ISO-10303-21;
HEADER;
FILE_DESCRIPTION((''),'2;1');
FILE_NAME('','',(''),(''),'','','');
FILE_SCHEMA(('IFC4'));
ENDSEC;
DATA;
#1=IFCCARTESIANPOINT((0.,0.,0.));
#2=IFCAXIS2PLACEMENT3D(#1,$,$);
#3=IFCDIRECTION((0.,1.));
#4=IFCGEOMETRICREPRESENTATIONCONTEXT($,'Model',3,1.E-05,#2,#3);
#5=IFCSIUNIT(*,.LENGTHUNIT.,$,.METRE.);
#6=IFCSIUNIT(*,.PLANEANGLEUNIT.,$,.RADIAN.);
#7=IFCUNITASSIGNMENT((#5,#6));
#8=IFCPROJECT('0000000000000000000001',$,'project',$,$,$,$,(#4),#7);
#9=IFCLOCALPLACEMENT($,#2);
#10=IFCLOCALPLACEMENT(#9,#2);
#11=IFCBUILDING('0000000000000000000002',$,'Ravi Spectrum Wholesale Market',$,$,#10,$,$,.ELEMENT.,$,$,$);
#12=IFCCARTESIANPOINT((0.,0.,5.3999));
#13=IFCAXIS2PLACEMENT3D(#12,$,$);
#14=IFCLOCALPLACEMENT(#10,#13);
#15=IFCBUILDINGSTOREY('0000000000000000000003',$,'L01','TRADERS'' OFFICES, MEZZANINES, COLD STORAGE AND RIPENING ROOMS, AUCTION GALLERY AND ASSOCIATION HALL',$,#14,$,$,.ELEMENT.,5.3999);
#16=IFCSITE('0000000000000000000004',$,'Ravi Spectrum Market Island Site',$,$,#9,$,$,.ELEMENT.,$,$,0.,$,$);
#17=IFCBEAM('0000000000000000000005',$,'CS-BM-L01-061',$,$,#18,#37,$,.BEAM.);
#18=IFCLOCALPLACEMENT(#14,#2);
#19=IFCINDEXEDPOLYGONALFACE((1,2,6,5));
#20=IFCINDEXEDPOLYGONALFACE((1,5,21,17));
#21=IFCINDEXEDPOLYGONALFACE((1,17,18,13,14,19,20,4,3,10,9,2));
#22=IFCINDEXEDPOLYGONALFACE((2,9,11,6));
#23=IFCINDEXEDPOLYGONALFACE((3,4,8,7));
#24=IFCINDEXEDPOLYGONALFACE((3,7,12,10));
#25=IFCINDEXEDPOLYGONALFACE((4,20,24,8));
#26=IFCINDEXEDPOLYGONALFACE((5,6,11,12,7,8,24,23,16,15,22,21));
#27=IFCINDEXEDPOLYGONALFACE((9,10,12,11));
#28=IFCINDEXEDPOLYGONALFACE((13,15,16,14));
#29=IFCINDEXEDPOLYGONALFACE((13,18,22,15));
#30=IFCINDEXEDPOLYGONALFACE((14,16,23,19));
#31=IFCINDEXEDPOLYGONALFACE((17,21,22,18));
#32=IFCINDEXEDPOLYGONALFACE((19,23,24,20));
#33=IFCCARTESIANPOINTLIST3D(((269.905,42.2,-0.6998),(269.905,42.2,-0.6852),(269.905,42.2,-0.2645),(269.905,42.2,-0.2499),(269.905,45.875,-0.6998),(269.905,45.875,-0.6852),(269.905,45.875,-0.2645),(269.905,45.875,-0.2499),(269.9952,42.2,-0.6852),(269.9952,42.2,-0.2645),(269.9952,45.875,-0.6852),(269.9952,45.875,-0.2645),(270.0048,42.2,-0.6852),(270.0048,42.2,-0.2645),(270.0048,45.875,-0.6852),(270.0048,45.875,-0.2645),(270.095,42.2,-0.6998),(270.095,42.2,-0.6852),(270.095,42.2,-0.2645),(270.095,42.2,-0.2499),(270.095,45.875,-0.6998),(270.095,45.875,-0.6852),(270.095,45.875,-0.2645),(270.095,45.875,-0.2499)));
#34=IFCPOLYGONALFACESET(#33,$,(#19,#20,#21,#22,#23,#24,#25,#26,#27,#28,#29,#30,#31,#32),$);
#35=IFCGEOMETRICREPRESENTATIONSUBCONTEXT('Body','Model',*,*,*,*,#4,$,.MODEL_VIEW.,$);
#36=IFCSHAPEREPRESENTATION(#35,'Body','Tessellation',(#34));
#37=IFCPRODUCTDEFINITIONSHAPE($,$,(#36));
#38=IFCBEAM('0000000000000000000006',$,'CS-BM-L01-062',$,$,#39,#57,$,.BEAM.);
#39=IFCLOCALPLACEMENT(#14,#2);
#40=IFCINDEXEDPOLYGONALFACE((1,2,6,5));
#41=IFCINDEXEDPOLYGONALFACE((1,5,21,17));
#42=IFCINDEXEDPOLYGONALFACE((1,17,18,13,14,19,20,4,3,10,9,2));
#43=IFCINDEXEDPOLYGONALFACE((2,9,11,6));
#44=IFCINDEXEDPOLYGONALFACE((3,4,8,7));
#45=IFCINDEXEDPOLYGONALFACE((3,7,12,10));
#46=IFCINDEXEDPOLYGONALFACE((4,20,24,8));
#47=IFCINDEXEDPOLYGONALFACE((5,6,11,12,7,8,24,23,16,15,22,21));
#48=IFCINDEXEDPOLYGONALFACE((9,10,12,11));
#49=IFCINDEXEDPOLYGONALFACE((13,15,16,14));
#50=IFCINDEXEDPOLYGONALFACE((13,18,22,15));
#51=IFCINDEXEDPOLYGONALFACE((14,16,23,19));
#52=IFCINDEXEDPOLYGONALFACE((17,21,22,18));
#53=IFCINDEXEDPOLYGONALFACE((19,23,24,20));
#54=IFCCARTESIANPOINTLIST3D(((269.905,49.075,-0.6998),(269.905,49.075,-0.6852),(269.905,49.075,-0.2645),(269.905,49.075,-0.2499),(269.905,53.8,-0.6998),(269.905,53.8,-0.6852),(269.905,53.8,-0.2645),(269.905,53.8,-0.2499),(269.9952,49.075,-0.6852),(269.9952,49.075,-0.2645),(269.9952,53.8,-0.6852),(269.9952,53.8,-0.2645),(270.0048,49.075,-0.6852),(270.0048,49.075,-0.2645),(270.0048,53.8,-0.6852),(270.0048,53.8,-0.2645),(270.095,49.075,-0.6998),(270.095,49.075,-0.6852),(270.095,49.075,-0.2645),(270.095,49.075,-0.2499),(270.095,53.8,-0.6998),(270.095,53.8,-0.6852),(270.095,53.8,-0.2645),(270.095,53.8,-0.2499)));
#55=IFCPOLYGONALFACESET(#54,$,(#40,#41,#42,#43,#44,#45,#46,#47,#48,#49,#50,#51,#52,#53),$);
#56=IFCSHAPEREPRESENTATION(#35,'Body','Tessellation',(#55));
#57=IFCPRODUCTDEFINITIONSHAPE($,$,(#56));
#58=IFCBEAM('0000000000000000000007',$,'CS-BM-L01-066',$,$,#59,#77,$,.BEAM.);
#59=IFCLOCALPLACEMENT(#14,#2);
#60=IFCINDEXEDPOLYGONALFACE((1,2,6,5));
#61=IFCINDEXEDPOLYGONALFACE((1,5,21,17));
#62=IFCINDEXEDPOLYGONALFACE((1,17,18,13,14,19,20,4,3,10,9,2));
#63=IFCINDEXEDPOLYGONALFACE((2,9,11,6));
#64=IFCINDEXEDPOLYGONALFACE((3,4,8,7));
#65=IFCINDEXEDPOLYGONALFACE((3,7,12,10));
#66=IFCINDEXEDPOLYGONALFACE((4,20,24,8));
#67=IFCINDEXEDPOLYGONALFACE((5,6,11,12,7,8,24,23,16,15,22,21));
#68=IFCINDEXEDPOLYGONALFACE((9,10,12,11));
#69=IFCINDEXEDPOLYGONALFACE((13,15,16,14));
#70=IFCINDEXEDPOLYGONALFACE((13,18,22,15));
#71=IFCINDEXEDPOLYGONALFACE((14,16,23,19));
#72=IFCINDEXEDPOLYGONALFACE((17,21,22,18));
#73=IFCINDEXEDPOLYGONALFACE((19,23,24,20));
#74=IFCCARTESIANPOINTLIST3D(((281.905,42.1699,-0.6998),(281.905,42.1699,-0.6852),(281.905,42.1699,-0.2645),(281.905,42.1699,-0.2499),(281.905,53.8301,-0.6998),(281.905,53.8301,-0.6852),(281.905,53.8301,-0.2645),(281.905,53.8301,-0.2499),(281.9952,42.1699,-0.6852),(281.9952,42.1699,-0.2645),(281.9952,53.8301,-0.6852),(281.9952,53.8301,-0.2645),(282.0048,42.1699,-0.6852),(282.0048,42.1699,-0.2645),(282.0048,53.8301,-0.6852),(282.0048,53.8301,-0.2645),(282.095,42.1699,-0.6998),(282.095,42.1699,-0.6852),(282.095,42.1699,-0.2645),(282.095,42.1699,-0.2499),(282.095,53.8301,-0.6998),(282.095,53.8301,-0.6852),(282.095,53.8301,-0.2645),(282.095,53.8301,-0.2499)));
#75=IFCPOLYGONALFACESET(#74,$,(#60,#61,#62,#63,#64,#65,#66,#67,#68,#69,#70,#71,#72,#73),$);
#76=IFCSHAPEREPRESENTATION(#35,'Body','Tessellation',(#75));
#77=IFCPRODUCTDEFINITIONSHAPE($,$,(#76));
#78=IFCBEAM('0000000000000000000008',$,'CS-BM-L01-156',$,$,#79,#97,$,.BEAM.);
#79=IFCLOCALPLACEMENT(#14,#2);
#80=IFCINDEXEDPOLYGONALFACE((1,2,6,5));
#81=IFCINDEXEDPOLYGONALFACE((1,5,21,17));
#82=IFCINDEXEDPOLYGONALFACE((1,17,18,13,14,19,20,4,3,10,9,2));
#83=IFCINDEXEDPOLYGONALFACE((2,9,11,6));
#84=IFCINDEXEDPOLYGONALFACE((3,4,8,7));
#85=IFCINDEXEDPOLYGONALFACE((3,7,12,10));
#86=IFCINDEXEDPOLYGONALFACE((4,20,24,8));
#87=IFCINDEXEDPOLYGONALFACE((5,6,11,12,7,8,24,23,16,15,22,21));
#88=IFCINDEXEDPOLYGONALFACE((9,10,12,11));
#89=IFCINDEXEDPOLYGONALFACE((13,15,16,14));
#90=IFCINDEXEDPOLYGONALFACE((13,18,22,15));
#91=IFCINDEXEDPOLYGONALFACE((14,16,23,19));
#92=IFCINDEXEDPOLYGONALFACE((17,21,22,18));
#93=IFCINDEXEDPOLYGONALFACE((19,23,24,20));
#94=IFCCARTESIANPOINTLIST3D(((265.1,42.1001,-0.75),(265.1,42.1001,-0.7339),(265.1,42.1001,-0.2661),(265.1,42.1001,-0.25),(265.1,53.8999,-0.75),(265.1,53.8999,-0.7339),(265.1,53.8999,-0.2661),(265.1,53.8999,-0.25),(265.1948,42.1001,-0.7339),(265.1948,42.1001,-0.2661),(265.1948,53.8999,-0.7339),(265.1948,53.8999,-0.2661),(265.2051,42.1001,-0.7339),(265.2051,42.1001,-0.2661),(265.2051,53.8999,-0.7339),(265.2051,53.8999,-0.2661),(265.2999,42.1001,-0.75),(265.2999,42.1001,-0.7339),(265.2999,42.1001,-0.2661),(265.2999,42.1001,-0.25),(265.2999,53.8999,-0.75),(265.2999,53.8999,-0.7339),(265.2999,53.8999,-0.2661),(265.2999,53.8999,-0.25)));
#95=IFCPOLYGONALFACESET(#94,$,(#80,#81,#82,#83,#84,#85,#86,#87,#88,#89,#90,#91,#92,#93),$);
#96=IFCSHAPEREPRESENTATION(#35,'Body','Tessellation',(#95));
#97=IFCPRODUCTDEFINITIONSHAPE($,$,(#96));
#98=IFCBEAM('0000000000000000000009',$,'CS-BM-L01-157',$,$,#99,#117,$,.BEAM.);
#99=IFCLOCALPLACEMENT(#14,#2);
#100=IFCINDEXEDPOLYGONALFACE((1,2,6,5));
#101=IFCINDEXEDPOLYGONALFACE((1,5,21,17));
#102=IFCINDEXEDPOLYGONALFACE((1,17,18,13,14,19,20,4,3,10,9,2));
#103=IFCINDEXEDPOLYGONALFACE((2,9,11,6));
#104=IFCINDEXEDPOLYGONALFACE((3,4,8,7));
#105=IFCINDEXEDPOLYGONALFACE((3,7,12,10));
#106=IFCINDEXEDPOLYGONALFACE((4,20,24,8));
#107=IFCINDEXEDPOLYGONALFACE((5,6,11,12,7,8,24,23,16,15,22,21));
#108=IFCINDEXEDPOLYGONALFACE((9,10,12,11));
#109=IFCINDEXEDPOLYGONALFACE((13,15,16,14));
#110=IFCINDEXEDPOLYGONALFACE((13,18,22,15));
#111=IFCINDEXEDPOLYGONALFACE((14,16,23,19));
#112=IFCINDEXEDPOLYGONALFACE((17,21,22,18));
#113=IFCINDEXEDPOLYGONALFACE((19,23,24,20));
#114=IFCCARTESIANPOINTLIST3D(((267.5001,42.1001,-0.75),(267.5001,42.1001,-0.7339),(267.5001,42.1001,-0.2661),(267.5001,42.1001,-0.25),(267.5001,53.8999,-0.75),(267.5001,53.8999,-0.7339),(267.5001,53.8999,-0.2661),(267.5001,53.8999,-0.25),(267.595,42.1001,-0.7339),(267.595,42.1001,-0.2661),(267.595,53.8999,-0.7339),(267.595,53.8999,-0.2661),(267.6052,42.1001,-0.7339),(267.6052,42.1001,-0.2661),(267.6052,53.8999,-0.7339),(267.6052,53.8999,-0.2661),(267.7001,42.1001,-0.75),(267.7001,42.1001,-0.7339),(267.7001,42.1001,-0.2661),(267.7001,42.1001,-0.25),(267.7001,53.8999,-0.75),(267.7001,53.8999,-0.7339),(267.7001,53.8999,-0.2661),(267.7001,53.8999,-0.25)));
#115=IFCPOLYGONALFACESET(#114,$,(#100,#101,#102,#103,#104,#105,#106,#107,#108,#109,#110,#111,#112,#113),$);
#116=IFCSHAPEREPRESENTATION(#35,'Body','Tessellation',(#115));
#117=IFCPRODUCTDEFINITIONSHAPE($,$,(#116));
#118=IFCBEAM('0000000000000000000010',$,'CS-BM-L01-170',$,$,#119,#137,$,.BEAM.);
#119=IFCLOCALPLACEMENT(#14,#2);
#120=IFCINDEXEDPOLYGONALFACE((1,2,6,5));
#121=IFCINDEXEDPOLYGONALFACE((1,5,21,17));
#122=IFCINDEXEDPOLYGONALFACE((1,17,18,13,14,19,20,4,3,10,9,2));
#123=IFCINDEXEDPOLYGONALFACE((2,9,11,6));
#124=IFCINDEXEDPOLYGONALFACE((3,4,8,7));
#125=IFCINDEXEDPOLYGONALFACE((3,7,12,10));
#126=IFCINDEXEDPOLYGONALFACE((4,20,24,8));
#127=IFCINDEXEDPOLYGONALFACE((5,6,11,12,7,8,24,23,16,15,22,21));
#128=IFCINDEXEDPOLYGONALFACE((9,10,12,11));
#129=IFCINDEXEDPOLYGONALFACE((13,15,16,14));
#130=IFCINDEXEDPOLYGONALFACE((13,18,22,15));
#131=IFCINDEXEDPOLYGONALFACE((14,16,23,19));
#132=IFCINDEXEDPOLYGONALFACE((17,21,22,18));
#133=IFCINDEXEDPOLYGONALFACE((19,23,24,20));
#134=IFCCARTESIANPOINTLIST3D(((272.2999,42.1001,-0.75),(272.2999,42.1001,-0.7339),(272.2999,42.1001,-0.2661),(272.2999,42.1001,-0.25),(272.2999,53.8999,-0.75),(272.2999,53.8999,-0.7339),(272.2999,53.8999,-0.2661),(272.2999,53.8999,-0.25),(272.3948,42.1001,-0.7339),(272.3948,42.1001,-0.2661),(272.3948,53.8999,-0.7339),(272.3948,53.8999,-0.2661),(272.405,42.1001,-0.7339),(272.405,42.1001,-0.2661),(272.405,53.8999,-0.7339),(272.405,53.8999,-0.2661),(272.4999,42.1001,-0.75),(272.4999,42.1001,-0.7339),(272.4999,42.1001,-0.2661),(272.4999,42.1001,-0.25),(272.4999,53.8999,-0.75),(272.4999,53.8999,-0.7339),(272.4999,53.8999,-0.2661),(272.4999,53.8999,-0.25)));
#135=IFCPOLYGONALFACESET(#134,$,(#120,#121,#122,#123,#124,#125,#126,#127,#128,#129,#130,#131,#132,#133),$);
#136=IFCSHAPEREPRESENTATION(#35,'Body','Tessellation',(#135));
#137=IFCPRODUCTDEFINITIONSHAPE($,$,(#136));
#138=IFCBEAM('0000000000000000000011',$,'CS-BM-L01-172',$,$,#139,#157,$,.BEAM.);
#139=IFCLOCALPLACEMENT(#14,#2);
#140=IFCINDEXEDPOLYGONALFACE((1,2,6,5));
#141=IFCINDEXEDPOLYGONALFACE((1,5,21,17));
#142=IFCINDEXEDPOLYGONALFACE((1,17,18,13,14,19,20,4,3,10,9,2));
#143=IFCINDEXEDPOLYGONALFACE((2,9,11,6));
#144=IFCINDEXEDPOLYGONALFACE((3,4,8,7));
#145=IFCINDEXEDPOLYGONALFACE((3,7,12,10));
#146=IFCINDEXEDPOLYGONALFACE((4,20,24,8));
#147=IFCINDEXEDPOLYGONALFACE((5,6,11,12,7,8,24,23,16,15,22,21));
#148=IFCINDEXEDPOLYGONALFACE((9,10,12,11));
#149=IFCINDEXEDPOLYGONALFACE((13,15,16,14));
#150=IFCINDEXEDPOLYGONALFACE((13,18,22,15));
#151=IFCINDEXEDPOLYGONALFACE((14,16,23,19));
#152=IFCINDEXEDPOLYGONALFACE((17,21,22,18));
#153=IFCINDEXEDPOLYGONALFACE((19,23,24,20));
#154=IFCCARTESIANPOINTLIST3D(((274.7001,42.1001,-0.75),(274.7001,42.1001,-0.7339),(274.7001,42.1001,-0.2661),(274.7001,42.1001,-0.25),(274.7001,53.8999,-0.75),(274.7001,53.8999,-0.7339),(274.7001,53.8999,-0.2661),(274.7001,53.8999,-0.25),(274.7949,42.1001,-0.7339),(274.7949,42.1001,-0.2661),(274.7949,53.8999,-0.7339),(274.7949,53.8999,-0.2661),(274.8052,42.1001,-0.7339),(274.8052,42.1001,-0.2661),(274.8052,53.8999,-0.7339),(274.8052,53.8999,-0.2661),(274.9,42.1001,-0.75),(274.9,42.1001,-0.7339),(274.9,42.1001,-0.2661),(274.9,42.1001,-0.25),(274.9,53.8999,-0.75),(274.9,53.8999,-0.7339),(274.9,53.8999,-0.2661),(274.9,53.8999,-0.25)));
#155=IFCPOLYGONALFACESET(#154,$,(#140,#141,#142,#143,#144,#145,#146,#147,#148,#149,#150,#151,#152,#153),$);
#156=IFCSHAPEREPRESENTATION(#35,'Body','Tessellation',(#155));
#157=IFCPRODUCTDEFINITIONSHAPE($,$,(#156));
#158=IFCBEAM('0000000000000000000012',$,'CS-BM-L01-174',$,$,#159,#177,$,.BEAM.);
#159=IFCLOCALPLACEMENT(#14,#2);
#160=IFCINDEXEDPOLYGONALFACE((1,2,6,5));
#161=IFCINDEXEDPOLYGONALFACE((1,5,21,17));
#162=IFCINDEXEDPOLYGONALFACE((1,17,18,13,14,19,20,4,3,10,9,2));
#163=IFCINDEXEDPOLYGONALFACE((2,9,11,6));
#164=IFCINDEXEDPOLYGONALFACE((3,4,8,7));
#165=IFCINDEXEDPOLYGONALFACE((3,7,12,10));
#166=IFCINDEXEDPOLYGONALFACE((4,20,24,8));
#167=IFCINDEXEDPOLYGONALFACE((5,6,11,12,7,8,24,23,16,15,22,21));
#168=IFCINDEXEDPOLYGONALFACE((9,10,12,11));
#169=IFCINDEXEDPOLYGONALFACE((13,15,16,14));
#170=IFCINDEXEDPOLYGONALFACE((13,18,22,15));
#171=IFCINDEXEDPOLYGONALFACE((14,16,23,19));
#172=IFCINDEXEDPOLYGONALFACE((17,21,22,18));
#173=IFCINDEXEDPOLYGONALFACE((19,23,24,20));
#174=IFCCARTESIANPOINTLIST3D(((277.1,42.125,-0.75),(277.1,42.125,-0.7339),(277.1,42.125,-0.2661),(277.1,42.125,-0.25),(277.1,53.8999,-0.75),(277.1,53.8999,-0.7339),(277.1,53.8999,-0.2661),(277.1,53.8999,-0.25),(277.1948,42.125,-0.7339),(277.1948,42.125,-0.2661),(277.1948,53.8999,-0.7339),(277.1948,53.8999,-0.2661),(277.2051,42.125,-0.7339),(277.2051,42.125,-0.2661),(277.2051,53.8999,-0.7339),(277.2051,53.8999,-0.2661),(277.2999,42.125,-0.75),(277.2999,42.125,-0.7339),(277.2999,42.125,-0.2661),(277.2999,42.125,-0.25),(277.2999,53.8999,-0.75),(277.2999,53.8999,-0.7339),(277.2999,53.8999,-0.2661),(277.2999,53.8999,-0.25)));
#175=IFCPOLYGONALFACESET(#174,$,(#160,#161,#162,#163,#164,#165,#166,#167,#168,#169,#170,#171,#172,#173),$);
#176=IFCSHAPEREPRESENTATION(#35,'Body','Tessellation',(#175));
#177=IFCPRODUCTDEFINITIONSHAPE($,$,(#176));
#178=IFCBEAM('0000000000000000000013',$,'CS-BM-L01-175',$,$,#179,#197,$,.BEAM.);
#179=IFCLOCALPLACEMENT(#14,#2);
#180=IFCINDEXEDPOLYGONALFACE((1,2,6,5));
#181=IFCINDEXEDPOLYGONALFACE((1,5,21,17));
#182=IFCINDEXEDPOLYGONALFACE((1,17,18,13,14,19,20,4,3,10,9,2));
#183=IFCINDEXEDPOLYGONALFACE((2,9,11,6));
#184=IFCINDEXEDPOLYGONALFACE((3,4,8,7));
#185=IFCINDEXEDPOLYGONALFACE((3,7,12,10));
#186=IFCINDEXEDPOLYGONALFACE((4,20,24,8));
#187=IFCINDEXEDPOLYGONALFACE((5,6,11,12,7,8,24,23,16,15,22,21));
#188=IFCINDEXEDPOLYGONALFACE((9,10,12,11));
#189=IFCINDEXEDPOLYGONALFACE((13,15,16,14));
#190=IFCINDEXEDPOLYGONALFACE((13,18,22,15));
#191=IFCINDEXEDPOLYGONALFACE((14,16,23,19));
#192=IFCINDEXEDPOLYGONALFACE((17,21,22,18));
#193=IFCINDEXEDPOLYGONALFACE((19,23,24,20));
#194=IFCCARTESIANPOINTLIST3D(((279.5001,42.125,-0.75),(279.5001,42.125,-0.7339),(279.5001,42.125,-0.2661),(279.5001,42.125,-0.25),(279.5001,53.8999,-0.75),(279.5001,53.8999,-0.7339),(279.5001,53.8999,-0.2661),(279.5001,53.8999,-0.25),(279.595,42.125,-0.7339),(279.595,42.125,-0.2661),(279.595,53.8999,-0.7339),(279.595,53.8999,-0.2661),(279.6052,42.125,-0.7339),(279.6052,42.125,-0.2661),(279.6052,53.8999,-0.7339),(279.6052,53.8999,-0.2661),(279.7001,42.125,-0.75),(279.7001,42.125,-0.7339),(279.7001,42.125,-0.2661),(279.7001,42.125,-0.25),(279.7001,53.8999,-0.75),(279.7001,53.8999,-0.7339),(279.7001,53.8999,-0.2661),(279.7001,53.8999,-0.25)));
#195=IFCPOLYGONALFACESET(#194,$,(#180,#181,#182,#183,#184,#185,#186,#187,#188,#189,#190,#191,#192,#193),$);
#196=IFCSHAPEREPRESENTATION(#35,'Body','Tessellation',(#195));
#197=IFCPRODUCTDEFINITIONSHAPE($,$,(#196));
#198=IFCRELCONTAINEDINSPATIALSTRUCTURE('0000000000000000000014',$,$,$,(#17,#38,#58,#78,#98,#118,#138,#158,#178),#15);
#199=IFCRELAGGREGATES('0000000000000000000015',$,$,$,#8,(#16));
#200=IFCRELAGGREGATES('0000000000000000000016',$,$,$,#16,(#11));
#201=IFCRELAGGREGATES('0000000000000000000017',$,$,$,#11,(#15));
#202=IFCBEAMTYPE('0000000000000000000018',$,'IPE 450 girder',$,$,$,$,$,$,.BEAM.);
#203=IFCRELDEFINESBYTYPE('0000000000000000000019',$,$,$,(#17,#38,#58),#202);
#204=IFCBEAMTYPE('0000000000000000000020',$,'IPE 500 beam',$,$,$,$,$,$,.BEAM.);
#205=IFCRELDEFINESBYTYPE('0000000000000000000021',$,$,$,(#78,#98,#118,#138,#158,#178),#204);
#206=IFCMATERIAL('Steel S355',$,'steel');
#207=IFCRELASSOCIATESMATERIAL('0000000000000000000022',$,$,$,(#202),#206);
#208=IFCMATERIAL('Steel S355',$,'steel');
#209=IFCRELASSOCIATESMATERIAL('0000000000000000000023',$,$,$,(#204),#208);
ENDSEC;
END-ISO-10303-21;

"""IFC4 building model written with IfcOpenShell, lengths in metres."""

from ifc_helpers import new_model, si_unit, direction, frame, origin, origin_2d, place, context, subcontext, project, spatial, i_section, extrude, material, material_profile, profile_set, type_object, element, save


model = new_model("IFC4")

# Units and contexts
model_context = context("Model", 3, precision=1e-05, world=origin(), true_north=direction((0.0, 1.0)))
body_context = subcontext(model_context, "Body", "Model", "MODEL_VIEW")
ifc_project = project(units=[si_unit("LENGTHUNIT", "METRE"), si_unit("PLANEANGLEUNIT", "RADIAN")], contexts=[model_context])

# Site, building, storey
site_placement = place(None, origin())
site = spatial("IfcSite", under=ifc_project, at=site_placement, Name="Ravi Spectrum Market Island Site", CompositionType="ELEMENT", RefElevation=0.0)
building_placement = place(site_placement, origin())
building = spatial("IfcBuilding", under=site, at=building_placement, Name="Ravi Spectrum Wholesale Market", CompositionType="ELEMENT")
storey_placement = place(building_placement, frame((0.0, 0.0, 5.3999)))
storey = spatial("IfcBuildingStorey", under=building, at=storey_placement, Name="L01", Description="TRADERS' OFFICES, MEZZANINES, COLD STORAGE AND RIPENING ROOMS, AUCTION GALLERY AND ASSOCIATION HALL", CompositionType="ELEMENT", Elevation=5.3999)

# Beams
ifc_material_1 = material(Name="Steel S355", Category="steel")
ifc_material_profile_1 = material_profile(ifc_material_1, i_section(OverallWidth=0.1899, OverallDepth=0.45, WebThickness=0.0095, FlangeThickness=0.0146, at=origin_2d()))
ifc_profile_set_1 = profile_set([ifc_material_profile_1], Name="Steel S355")
beam_type_1 = type_object("IfcBeamType", Name="IPE 450 girder", PredefinedType="BEAM", material=ifc_profile_set_1)
beam_1_placement = place(storey_placement, frame((270.0, 42.2, -0.4749), z_axis=(0.0, 1.0, 0.0), x_axis=(-1.0, 0.0, 0.0)))
element("IfcBeam", 1, at=beam_1_placement, inside=storey, type_object=beam_type_1, Name="CS-BM-L01-061", PredefinedType="BEAM", context=body_context, shape_type="SweptSolid", body=[
    extrude(i_section(OverallWidth=0.1899, OverallDepth=0.45, WebThickness=0.0095, FlangeThickness=0.0146, at=origin_2d()), origin(), (0.0, 0.0, 1.0), 3.675),
])
beam_2_placement = place(storey_placement, frame((270.0, 49.075, -0.4749), z_axis=(0.0, 1.0, 0.0), x_axis=(-1.0, 0.0, 0.0)))
element("IfcBeam", 2, at=beam_2_placement, inside=storey, type_object=beam_type_1, Name="CS-BM-L01-062", PredefinedType="BEAM", context=body_context, shape_type="SweptSolid", body=[
    extrude(i_section(OverallWidth=0.1899, OverallDepth=0.45, WebThickness=0.0095, FlangeThickness=0.0146, at=origin_2d()), origin(), (0.0, 0.0, 1.0), 4.7251),
])
beam_3_placement = place(storey_placement, frame((282.0, 42.1699, -0.4749), z_axis=(0.0, 1.0, 0.0), x_axis=(-1.0, 0.0, 0.0)))
element("IfcBeam", 3, at=beam_3_placement, inside=storey, type_object=beam_type_1, Name="CS-BM-L01-066", PredefinedType="BEAM", context=body_context, shape_type="SweptSolid", body=[
    extrude(i_section(OverallWidth=0.1899, OverallDepth=0.45, WebThickness=0.0095, FlangeThickness=0.0146, at=origin_2d()), origin(), (0.0, 0.0, 1.0), 11.6602),
])
ifc_material_2 = material(Name="Steel S355", Category="steel")
ifc_material_profile_2 = material_profile(ifc_material_2, i_section(OverallWidth=0.2, OverallDepth=0.5, WebThickness=0.0103, FlangeThickness=0.0161, at=origin_2d()))
ifc_profile_set_2 = profile_set([ifc_material_profile_2], Name="Steel S355")
beam_type_2 = type_object("IfcBeamType", Name="IPE 500 beam", PredefinedType="BEAM", material=ifc_profile_set_2)
for number, where, z_axis, x_axis, name in (
    (4, (265.2, 42.1001, -0.5), (0.0, 1.0, 0.0), (-1.0, 0.0, 0.0), "CS-BM-L01-156"),
    (5, (267.6001, 42.1001, -0.5), (0.0, 1.0, 0.0), (-1.0, 0.0, 0.0), "CS-BM-L01-157"),
    (6, (272.3999, 42.1001, -0.5), (0.0, 1.0, 0.0), (-1.0, 0.0, 0.0), "CS-BM-L01-170"),
    (7, (274.8, 42.1001, -0.5), (0.0, 1.0, 0.0), (-1.0, 0.0, 0.0), "CS-BM-L01-172"),
):
    element("IfcBeam", number, at=place(storey_placement, frame(where, z_axis=z_axis, x_axis=x_axis)), inside=storey, type_object=beam_type_2, Name=name, PredefinedType="BEAM", context=body_context, shape_type="SweptSolid", body=[
        extrude(i_section(OverallWidth=0.2, OverallDepth=0.5, WebThickness=0.0103, FlangeThickness=0.0161, at=origin_2d()), origin(), (0.0, 0.0, 1.0), 11.7998),
    ])
for number, where, z_axis, x_axis, name in (
    (8, (277.2, 42.125, -0.5), (0.0, 1.0, 0.0), (-1.0, 0.0, 0.0), "CS-BM-L01-174"),
    (9, (279.6001, 42.125, -0.5), (0.0, 1.0, 0.0), (-1.0, 0.0, 0.0), "CS-BM-L01-175"),
):
    element("IfcBeam", number, at=place(storey_placement, frame(where, z_axis=z_axis, x_axis=x_axis)), inside=storey, type_object=beam_type_2, Name=name, PredefinedType="BEAM", context=body_context, shape_type="SweptSolid", body=[
        extrude(i_section(OverallWidth=0.2, OverallDepth=0.5, WebThickness=0.0103, FlangeThickness=0.0161, at=origin_2d()), origin(), (0.0, 0.0, 1.0), 11.7749),
    ])

save(model, "model.ifc")
